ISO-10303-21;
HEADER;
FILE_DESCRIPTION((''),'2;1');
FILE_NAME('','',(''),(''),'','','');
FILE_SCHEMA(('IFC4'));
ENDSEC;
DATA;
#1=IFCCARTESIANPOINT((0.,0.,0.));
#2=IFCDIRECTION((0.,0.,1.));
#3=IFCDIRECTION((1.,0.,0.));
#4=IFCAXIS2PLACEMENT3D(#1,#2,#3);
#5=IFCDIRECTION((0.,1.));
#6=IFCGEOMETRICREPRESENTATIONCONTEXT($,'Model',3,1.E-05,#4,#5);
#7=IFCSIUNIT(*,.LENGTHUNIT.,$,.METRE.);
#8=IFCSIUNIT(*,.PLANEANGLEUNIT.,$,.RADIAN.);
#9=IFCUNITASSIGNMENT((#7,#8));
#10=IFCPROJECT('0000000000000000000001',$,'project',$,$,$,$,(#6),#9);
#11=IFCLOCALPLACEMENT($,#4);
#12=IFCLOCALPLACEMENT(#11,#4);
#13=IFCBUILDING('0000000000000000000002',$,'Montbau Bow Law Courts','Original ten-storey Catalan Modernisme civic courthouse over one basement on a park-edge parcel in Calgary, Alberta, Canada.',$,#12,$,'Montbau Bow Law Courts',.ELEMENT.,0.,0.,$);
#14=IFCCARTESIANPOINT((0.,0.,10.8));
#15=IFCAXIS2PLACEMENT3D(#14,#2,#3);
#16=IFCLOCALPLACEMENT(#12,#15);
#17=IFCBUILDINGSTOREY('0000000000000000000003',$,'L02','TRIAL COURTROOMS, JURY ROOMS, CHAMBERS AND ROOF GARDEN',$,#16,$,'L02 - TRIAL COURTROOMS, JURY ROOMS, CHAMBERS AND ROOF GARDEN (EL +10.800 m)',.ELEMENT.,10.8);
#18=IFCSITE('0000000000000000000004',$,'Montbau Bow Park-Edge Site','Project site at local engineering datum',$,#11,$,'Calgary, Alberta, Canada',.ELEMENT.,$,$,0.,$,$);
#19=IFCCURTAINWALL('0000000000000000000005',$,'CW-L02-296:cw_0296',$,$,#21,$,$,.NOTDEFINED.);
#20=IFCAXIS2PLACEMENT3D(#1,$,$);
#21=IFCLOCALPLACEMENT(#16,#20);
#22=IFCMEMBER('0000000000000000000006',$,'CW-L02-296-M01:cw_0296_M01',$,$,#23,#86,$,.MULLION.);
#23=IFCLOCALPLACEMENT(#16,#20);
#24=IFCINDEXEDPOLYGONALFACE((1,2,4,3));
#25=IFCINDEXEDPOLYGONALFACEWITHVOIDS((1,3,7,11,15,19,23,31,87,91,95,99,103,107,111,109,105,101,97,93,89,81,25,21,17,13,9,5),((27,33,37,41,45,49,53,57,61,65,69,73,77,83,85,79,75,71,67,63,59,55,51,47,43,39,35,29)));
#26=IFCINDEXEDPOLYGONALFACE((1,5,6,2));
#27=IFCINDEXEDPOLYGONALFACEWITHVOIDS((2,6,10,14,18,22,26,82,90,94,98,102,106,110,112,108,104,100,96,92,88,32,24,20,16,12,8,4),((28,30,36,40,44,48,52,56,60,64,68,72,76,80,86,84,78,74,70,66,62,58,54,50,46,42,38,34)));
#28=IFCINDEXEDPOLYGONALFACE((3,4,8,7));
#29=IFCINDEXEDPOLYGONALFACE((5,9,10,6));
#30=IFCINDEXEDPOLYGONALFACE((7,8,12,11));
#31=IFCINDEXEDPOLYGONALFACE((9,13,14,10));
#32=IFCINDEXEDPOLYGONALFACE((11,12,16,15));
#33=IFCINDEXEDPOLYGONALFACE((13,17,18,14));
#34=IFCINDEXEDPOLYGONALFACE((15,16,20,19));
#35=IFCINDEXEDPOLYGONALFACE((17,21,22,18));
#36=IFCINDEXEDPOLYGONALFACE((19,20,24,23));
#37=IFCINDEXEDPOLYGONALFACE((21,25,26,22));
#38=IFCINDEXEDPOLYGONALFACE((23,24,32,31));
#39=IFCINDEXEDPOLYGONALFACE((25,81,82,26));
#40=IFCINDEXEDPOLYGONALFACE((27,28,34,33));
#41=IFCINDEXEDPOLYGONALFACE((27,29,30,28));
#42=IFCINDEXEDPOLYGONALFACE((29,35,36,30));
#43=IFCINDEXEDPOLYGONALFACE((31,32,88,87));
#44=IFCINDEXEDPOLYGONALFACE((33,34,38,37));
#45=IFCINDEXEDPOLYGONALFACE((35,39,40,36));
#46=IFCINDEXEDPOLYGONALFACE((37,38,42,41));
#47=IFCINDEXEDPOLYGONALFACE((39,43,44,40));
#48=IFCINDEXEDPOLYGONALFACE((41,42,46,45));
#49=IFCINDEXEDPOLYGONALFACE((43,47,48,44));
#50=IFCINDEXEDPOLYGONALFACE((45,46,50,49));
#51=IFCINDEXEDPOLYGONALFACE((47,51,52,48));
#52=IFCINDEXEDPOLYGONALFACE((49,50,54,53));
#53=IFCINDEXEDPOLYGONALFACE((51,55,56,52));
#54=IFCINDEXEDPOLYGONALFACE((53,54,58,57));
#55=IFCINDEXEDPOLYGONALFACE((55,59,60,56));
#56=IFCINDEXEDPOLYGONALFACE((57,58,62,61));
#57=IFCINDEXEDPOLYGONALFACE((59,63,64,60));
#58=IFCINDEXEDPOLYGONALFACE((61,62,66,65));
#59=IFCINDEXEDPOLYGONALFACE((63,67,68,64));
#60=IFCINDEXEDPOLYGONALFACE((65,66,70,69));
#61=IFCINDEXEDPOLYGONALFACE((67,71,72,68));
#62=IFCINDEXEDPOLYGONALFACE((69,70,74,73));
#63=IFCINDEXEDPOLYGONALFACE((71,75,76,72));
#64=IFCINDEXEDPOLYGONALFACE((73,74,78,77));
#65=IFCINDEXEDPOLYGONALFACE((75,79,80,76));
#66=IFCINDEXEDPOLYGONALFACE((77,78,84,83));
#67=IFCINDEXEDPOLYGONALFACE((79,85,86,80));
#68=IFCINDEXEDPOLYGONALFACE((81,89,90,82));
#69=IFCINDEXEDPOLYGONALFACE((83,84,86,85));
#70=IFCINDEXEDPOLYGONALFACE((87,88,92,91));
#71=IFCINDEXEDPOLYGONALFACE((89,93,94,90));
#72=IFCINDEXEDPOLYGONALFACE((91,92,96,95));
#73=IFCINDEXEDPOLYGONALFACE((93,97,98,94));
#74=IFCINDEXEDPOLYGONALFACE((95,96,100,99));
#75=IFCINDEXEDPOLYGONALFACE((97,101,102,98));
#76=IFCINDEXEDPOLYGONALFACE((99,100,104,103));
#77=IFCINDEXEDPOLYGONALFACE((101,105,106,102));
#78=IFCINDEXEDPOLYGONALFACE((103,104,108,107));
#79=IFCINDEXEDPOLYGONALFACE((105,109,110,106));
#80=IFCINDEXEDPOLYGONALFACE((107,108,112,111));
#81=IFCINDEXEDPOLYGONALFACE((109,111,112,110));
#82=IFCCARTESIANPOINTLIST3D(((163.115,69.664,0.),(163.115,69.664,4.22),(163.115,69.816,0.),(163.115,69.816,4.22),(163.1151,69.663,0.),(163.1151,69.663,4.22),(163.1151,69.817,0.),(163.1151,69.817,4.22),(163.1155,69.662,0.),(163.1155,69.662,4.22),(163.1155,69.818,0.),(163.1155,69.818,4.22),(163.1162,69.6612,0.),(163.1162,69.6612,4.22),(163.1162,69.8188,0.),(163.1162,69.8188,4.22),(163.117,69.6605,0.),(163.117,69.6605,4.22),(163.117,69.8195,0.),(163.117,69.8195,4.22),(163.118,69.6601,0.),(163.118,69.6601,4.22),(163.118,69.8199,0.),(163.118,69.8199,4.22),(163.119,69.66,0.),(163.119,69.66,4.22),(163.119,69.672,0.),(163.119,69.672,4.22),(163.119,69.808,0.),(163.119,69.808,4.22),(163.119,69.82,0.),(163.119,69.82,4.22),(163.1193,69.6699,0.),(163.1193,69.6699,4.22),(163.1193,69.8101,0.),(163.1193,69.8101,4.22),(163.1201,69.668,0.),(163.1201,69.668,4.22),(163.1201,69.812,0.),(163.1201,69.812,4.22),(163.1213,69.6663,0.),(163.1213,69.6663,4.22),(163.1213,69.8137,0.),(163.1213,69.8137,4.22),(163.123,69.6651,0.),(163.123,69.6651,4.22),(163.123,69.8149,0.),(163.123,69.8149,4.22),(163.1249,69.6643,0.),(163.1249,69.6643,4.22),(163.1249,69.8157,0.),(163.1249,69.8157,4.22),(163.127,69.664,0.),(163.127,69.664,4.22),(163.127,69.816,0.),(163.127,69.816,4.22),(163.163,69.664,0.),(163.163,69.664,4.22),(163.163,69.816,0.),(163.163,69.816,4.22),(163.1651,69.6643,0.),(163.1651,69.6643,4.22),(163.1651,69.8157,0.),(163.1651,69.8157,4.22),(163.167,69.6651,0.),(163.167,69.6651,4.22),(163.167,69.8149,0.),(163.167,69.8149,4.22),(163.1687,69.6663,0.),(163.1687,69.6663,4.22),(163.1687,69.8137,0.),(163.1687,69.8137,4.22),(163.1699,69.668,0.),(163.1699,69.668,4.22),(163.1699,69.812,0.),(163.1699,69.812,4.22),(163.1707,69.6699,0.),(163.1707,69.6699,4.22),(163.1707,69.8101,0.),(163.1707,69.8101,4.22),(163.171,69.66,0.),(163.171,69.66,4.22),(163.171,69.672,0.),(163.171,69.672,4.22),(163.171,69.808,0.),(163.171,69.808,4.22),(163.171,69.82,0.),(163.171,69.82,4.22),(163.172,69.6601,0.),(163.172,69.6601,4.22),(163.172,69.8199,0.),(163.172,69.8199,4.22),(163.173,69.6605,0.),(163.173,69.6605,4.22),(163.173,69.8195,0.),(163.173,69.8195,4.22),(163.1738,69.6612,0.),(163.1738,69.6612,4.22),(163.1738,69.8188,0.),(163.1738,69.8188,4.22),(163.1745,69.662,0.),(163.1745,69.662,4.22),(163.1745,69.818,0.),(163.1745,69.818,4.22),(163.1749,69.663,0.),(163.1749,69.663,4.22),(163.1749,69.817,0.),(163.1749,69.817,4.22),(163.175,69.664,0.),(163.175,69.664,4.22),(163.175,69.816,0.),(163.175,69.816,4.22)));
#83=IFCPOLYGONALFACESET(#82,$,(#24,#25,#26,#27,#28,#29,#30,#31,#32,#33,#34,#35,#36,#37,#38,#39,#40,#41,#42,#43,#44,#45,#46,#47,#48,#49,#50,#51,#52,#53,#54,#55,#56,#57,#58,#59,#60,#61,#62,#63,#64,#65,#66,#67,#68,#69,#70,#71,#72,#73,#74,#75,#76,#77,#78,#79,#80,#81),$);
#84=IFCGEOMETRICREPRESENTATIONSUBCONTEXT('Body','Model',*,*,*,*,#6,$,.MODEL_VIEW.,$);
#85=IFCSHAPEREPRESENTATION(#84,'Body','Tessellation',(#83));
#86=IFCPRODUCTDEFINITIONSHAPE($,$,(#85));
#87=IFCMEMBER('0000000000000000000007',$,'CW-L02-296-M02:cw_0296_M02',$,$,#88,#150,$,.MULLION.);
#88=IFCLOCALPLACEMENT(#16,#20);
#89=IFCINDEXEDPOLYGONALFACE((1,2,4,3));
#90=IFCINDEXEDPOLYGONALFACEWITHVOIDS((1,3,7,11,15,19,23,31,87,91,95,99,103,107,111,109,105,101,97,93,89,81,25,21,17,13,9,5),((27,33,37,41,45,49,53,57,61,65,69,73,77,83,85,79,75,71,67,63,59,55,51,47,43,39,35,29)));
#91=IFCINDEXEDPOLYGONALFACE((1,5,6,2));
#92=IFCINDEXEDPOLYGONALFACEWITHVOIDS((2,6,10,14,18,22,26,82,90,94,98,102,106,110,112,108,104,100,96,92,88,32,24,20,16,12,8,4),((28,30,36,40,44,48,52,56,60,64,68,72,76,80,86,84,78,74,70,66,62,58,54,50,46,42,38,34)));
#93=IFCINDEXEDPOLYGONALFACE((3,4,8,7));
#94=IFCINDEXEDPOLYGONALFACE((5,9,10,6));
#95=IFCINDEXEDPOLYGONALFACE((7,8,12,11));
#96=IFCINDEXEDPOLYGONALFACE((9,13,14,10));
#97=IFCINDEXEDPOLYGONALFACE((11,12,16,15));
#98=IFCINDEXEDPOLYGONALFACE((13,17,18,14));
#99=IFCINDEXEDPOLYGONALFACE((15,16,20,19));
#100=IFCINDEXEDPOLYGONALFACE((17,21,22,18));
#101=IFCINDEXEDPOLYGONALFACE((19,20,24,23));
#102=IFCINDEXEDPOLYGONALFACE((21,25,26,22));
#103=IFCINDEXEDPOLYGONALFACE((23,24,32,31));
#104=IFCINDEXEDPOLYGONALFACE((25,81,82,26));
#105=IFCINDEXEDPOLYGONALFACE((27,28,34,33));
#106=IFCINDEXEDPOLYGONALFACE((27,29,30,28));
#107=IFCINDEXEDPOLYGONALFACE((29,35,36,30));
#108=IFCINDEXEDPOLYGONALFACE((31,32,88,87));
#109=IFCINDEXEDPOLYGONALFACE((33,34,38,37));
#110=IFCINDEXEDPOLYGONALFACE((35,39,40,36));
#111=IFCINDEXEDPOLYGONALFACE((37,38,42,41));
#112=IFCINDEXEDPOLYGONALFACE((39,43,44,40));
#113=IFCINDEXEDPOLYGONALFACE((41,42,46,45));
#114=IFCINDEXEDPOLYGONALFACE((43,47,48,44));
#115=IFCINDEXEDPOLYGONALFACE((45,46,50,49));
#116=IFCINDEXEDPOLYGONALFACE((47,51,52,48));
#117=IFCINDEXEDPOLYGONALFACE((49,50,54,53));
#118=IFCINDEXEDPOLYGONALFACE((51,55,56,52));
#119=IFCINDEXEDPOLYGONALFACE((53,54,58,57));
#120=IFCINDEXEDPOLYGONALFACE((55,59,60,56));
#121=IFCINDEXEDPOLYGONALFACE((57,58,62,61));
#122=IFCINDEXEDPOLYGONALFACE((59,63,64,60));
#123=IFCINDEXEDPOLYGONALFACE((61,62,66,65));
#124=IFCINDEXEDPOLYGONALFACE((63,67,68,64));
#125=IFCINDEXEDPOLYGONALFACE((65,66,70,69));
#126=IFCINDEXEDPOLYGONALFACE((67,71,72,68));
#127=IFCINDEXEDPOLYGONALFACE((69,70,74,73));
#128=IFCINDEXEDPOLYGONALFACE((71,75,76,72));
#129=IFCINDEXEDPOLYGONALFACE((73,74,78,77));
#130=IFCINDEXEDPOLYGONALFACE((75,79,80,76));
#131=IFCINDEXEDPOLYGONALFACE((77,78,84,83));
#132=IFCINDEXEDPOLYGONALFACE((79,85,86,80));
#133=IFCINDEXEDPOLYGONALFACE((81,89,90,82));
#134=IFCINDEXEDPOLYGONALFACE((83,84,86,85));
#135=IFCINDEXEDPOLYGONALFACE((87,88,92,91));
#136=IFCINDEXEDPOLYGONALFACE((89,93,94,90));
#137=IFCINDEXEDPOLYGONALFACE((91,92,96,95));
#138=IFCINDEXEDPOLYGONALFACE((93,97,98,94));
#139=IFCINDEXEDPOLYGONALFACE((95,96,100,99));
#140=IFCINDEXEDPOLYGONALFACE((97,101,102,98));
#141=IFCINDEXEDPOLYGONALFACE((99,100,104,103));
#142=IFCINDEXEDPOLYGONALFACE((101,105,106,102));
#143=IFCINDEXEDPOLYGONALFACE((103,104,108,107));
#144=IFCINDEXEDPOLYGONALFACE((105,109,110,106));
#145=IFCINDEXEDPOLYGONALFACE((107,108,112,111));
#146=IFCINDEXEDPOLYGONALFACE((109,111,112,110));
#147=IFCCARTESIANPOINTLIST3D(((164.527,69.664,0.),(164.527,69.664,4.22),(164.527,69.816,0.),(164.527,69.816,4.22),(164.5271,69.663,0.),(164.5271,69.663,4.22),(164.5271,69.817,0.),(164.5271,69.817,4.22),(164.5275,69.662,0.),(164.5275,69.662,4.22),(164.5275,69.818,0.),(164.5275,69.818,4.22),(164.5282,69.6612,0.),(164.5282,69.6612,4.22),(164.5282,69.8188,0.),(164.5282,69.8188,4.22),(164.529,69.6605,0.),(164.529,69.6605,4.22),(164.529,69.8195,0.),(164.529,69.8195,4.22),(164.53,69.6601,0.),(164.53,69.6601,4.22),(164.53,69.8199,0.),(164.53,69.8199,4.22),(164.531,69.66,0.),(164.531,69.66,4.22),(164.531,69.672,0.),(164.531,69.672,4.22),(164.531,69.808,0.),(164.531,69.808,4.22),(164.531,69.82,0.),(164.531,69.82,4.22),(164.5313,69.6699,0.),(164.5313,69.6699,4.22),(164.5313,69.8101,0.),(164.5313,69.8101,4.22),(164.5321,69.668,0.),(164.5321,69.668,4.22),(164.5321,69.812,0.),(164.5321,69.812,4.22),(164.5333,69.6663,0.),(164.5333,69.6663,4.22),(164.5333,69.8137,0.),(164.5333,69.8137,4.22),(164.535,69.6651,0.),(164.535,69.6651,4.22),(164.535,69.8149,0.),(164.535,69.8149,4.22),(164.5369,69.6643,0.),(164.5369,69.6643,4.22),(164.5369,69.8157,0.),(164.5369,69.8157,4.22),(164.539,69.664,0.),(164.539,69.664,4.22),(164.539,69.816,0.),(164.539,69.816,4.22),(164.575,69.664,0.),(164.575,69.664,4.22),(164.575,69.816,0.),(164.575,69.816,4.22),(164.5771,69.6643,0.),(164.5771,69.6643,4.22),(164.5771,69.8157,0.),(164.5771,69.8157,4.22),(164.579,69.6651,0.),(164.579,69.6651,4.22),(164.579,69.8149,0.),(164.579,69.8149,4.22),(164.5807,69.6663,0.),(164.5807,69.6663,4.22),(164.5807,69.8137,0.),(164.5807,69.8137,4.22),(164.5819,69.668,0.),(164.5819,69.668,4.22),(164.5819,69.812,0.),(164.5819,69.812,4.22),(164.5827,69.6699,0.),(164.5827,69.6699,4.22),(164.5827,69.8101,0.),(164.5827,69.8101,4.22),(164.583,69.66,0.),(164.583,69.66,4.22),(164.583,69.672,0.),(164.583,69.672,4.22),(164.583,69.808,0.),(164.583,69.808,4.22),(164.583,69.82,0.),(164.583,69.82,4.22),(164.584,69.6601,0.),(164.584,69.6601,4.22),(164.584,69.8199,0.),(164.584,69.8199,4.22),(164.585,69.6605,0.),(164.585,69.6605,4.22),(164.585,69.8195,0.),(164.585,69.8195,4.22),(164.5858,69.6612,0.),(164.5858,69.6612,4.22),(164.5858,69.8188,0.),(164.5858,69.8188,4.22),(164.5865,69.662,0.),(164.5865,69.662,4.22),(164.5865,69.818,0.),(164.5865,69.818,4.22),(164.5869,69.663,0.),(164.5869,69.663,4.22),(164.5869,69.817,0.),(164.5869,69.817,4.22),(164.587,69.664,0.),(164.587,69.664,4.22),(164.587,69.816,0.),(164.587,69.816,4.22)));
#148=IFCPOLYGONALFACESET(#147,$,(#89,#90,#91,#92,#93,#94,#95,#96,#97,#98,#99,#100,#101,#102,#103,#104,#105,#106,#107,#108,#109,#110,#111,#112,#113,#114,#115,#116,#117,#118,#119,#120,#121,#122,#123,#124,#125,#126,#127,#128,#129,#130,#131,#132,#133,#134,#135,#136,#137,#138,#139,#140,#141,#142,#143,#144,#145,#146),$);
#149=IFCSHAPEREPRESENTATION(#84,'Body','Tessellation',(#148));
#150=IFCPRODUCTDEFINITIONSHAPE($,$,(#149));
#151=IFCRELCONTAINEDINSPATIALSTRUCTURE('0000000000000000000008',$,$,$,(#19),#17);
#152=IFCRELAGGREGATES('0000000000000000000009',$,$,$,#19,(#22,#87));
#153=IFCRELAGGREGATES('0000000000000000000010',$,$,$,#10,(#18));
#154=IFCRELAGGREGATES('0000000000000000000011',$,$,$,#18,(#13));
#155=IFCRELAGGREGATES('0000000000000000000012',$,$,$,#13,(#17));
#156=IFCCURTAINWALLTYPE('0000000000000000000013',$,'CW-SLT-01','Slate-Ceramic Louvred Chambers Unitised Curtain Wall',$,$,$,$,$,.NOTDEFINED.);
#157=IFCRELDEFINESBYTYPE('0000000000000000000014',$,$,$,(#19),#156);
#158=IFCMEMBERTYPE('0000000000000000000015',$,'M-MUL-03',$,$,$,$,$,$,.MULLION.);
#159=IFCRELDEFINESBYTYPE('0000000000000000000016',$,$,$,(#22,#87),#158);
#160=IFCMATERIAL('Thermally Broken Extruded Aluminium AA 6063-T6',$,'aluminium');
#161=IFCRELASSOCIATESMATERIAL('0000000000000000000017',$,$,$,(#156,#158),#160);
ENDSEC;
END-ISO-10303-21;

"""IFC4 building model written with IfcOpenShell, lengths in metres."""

from ifc_helpers import new_model, si_unit, direction, frame, origin_with_axes, origin_2d_with_axis, place, context, subcontext, project, spatial, hollow_rectangle, extrude, material, material_profile, profile_set, type_object, element, aggregate, save


model = new_model("IFC4")

# Units and contexts
model_context = context("Model", 3, precision=1e-05, world=origin_with_axes(), true_north=direction((0.0, 1.0)))
body_context = subcontext(model_context, "Body", "Model", "MODEL_VIEW")
ifc_project = project(units=[si_unit("LENGTHUNIT", "METRE"), si_unit("PLANEANGLEUNIT", "RADIAN")], contexts=[model_context])

# Site, building, storey
site_placement = place(None, origin_with_axes())
site = spatial("IfcSite", under=ifc_project, at=site_placement, Name="Montbau Bow Park-Edge Site", Description="Project site at local engineering datum", LongName="Calgary, Alberta, Canada", CompositionType="ELEMENT", RefElevation=0.0)
building_placement = place(site_placement, origin_with_axes())
building = spatial("IfcBuilding", under=site, at=building_placement, Name="Montbau Bow Law Courts", Description="Original ten-storey Catalan Modernisme civic courthouse over one basement on a park-edge parcel in Calgary, Alberta, Canada.", LongName="Montbau Bow Law Courts", CompositionType="ELEMENT", ElevationOfRefHeight=0.0, ElevationOfTerrain=0.0)
storey_placement = place(building_placement, frame((0.0, 0.0, 10.8), z_axis=(0.0, 0.0, 1.0), x_axis=(1.0, 0.0, 0.0)))
storey = spatial("IfcBuildingStorey", under=building, at=storey_placement, Name="L02", Description="TRIAL COURTROOMS, JURY ROOMS, CHAMBERS AND ROOF GARDEN", LongName="L02 - TRIAL COURTROOMS, JURY ROOMS, CHAMBERS AND ROOF GARDEN (EL +10.800 m)", CompositionType="ELEMENT", Elevation=10.8)

# Curtain wall, members
ifc_material_1 = material(Name="Thermally Broken Extruded Aluminium AA 6063-T6", Category="aluminium")
curtain_wall_type = type_object("IfcCurtainWallType", Name="CW-SLT-01", Description="Slate-Ceramic Louvred Chambers Unitised Curtain Wall", PredefinedType="NOTDEFINED", material=ifc_material_1)
curtain_wall_1_placement = place(None, frame((163.115, 69.74, 10.8), z_axis=(0.0, 0.0, 1.0), x_axis=(1.0, 0.0, 0.0)))
curtain_wall_1 = element("IfcCurtainWall", 1, at=curtain_wall_1_placement, inside=storey, type_object=curtain_wall_type, Name="CW-L02-296:cw_0296", PredefinedType="NOTDEFINED")
ifc_material_profile_1 = material_profile(ifc_material_1, hollow_rectangle(XDim=0.06, YDim=0.16, WallThickness=0.004, InnerFilletRadius=0.008, OuterFilletRadius=0.004, at=origin_2d_with_axis()), Name="CWM-160X60", Category="Main", Priority=0)
ifc_profile_set_1 = profile_set([ifc_material_profile_1], Name="Thermally Broken Extruded Aluminium AA 6063-T6")
member_type_1 = type_object("IfcMemberType", Name="M-MUL-03", PredefinedType="MULLION", material=ifc_profile_set_1)
member_1_placement = place(None, frame((163.145, 69.74, 10.8), z_axis=(0.0, 0.0, 1.0), x_axis=(1.0, 0.0, 0.0)))
member_1 = element("IfcMember", 2, at=member_1_placement, type_object=member_type_1, Name="CW-L02-296-M01:cw_0296_M01", PredefinedType="MULLION", context=body_context, shape_type="SweptSolid", body=[
    extrude(hollow_rectangle(XDim=0.06, YDim=0.16, WallThickness=0.004, InnerFilletRadius=0.008, OuterFilletRadius=0.004, at=origin_2d_with_axis()), origin_with_axes(), (0.0, 0.0, 1.0), 4.22),
])
member_2_placement = place(None, frame((164.557, 69.74, 10.8), z_axis=(0.0, 0.0, 1.0), x_axis=(1.0, 0.0, 0.0)))
member_2 = element("IfcMember", 3, at=member_2_placement, type_object=member_type_1, Name="CW-L02-296-M02:cw_0296_M02", PredefinedType="MULLION", context=body_context, shape_type="SweptSolid", body=[
    extrude(hollow_rectangle(XDim=0.06, YDim=0.16, WallThickness=0.004, InnerFilletRadius=0.008, OuterFilletRadius=0.004, at=origin_2d_with_axis()), origin_with_axes(), (0.0, 0.0, 1.0), 4.22),
])

aggregate(curtain_wall_1, [member_1, member_2])

save(model, "model.ifc")
